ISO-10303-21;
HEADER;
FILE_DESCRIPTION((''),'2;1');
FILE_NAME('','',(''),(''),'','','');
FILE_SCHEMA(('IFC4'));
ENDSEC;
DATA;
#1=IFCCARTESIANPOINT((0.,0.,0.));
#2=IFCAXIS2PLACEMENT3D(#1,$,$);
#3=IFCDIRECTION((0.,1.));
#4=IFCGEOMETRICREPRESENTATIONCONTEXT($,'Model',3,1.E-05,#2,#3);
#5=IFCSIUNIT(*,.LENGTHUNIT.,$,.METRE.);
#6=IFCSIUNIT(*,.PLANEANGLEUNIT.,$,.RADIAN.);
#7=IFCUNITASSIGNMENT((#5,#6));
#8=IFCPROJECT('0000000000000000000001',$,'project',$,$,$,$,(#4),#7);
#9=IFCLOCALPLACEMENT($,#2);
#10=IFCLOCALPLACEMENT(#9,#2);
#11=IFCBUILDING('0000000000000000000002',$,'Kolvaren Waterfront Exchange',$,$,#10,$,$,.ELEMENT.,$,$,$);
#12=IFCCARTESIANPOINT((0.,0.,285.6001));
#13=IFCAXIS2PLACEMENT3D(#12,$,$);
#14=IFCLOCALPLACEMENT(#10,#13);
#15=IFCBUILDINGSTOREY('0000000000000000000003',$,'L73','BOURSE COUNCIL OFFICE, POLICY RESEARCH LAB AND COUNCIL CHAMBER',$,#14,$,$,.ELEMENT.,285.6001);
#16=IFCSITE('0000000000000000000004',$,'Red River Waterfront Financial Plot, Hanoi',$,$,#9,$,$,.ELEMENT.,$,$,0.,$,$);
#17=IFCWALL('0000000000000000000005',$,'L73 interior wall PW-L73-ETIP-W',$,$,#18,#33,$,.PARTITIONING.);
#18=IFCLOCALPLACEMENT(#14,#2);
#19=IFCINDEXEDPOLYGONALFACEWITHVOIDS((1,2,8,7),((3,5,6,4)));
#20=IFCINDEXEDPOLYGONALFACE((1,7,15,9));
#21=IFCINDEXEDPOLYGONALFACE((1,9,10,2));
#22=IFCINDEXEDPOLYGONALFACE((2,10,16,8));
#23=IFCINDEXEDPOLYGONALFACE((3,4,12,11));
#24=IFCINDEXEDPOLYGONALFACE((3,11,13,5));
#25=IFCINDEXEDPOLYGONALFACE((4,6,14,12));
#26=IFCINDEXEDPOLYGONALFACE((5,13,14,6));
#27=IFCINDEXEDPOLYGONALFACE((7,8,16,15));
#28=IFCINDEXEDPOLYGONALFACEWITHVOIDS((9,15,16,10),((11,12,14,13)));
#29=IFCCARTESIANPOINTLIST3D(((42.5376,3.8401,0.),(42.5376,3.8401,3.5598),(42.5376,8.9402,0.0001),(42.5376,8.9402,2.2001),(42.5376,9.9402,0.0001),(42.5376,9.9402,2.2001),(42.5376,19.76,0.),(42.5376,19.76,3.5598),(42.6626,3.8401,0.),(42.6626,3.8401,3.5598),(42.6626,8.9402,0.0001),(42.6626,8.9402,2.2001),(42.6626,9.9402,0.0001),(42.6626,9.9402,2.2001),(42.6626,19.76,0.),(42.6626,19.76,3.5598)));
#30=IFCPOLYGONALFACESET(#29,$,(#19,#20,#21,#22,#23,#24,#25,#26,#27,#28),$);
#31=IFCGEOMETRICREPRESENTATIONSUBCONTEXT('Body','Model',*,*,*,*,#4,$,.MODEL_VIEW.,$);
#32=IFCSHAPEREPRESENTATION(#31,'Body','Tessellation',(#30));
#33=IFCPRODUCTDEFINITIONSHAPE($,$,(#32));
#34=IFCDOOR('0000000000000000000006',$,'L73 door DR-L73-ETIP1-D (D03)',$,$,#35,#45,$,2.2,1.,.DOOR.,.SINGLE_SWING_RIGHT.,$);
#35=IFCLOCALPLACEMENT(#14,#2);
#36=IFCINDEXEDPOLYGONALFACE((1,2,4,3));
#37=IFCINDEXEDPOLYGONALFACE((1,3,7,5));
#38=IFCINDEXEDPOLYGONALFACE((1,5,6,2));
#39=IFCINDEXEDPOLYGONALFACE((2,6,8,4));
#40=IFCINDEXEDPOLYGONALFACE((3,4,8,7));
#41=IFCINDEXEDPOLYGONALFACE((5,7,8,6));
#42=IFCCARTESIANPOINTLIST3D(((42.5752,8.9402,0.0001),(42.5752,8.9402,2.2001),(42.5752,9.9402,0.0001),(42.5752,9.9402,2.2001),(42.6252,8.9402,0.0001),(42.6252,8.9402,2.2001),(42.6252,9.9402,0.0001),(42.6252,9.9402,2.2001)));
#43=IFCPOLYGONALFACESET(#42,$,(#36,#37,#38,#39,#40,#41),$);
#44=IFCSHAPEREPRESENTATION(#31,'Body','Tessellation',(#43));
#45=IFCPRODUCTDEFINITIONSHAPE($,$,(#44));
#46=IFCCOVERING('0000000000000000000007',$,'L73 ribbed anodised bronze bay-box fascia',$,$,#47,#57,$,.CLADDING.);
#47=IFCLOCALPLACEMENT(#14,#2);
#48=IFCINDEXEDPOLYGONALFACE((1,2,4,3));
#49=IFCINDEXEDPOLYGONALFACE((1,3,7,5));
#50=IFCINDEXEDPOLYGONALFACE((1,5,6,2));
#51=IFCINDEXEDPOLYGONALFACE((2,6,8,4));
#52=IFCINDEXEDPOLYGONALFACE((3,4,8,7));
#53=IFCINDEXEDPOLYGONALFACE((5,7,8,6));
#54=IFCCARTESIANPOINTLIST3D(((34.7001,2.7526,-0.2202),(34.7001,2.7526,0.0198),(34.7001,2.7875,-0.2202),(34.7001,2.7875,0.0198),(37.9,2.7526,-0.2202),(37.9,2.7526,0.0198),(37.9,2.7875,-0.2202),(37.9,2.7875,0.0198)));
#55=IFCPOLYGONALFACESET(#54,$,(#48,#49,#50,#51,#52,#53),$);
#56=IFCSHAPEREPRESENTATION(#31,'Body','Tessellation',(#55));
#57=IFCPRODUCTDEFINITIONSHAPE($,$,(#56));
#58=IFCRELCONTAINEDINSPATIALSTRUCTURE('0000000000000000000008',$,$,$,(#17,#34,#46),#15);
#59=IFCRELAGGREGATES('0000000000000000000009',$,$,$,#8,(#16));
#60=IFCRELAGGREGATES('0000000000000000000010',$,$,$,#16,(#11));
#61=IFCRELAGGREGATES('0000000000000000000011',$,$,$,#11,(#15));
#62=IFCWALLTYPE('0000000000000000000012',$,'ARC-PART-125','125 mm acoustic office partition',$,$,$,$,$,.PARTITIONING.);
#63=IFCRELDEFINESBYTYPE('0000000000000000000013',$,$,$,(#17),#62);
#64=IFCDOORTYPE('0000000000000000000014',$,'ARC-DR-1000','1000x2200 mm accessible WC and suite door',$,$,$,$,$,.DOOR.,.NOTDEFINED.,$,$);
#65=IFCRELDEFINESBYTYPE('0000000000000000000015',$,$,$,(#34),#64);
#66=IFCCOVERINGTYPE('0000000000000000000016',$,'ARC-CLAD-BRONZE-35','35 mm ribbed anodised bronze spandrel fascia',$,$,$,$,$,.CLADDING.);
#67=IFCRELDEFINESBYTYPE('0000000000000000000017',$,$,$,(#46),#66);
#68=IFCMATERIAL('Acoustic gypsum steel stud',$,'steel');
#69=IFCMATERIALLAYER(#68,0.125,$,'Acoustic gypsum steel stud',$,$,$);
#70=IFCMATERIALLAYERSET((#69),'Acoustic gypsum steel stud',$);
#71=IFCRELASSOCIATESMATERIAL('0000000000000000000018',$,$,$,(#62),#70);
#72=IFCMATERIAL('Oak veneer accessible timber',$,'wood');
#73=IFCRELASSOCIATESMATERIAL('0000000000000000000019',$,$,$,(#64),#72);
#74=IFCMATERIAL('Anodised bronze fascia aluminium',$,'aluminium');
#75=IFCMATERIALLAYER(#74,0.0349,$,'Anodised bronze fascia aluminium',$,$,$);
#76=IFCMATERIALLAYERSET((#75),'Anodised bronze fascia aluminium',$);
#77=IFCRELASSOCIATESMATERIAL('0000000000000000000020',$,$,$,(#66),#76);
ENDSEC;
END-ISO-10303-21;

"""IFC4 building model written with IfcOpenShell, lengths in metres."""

from ifc_helpers import new_model, si_unit, direction, frame, frame_2d, origin, origin_2d, place, context, subcontext, project, spatial, rectangle, extrude, material, layer, layer_set, type_object, element, fill, save


model = new_model("IFC4")

# Units and contexts
model_context = context("Model", 3, precision=1e-05, world=origin(), true_north=direction((0.0, 1.0)))
body_context = subcontext(model_context, "Body", "Model", "MODEL_VIEW")
ifc_project = project(units=[si_unit("LENGTHUNIT", "METRE"), si_unit("PLANEANGLEUNIT", "RADIAN")], contexts=[model_context])

# Site, building, storey
site_placement = place(None, origin())
site = spatial("IfcSite", under=ifc_project, at=site_placement, Name="Red River Waterfront Financial Plot, Hanoi", CompositionType="ELEMENT", RefElevation=0.0)
building_placement = place(site_placement, origin())
building = spatial("IfcBuilding", under=site, at=building_placement, Name="Kolvaren Waterfront Exchange", CompositionType="ELEMENT")
storey_placement = place(building_placement, frame((0.0, 0.0, 285.6001)))
storey = spatial("IfcBuildingStorey", under=building, at=storey_placement, Name="L73", Description="BOURSE COUNCIL OFFICE, POLICY RESEARCH LAB AND COUNCIL CHAMBER", CompositionType="ELEMENT", Elevation=285.6001)

# Wall, opening, door
ifc_material_1 = material(Name="Acoustic gypsum steel stud", Category="steel")
ifc_layer_1 = layer(ifc_material_1, 0.125, Name="Acoustic gypsum steel stud")
ifc_layer_set_1 = layer_set([ifc_layer_1], Name="Acoustic gypsum steel stud")
wall_type_1 = type_object("IfcWallType", Name="ARC-PART-125", Description="125 mm acoustic office partition", PredefinedType="PARTITIONING", material=ifc_layer_set_1)
wall_1_placement = place(storey_placement, frame((42.6001, 3.8401, 0.0), z_axis=(0.0, 0.0, 1.0), x_axis=(0.0, 1.0, 0.0)))
wall_1 = element("IfcWall", 1, at=wall_1_placement, inside=storey, type_object=wall_type_1, Name="L73 interior wall PW-L73-ETIP-W", PredefinedType="PARTITIONING", context=body_context, shape_type="SweptSolid", body=[
    extrude(rectangle(XDim=15.9199, YDim=0.125, at=frame_2d((7.96, 0.0))), origin(), (0.0, 0.0, 1.0), 3.5598),
])
opening_placement = place(wall_1_placement, frame((5.1001, 0.0, 0.0)))
opening = element("IfcOpeningElement", 2, at=opening_placement, cuts=wall_1, PredefinedType="OPENING", context=body_context, shape_type="SweptSolid", body=[
    extrude(rectangle(XDim=1.0, YDim=2.2, at=frame_2d((0.5, 1.1001))), frame((0.0, 0.0725, 0.0), z_axis=(0.0, -1.0, 0.0), x_axis=(1.0, 0.0, 0.0)), (0.0, 0.0, 1.0), 0.145),
])
ifc_material_2 = material(Name="Oak veneer accessible timber", Category="wood")
door_type = type_object("IfcDoorType", Name="ARC-DR-1000", Description="1000x2200 mm accessible WC and suite door", OperationType="NOTDEFINED", PredefinedType="DOOR", material=ifc_material_2)
door_placement = place(opening_placement, origin())
door = element("IfcDoor", 3, at=door_placement, inside=storey, type_object=door_type, Name="L73 door DR-L73-ETIP1-D (D03)", OperationType="SINGLE_SWING_RIGHT", OverallHeight=2.2, OverallWidth=1.0, PredefinedType="DOOR", context=body_context, shape_type="SweptSolid", body=[
    extrude(rectangle(XDim=1.0, YDim=2.2, at=frame_2d((0.5, 1.1001))), frame((0.0, 0.0249, 0.0), z_axis=(0.0, -1.0, 0.0), x_axis=(1.0, 0.0, 0.0)), (0.0, 0.0, 1.0), 0.05),
])
fill(opening, door)

# Covering
ifc_material_3 = material(Name="Anodised bronze fascia aluminium", Category="aluminium")
ifc_layer_2 = layer(ifc_material_3, 0.0349, Name="Anodised bronze fascia aluminium")
ifc_layer_set_2 = layer_set([ifc_layer_2], Name="Anodised bronze fascia aluminium")
covering_type = type_object("IfcCoveringType", Name="ARC-CLAD-BRONZE-35", Description="35 mm ribbed anodised bronze spandrel fascia", PredefinedType="CLADDING", material=ifc_layer_set_2)
covering_placement = place(storey_placement, frame((36.3, 2.77, -0.2202), z_axis=(0.0, 0.0, 1.0), x_axis=(1.0, 0.0, 0.0)))
element("IfcCovering", 4, at=covering_placement, inside=storey, type_object=covering_type, Name="L73 ribbed anodised bronze bay-box fascia", PredefinedType="CLADDING", context=body_context, shape_type="SweptSolid", body=[
    extrude(rectangle(XDim=3.2, YDim=0.0349, at=origin_2d()), origin(), (0.0, 0.0, 1.0), 0.24),
])

save(model, "model.ifc")
